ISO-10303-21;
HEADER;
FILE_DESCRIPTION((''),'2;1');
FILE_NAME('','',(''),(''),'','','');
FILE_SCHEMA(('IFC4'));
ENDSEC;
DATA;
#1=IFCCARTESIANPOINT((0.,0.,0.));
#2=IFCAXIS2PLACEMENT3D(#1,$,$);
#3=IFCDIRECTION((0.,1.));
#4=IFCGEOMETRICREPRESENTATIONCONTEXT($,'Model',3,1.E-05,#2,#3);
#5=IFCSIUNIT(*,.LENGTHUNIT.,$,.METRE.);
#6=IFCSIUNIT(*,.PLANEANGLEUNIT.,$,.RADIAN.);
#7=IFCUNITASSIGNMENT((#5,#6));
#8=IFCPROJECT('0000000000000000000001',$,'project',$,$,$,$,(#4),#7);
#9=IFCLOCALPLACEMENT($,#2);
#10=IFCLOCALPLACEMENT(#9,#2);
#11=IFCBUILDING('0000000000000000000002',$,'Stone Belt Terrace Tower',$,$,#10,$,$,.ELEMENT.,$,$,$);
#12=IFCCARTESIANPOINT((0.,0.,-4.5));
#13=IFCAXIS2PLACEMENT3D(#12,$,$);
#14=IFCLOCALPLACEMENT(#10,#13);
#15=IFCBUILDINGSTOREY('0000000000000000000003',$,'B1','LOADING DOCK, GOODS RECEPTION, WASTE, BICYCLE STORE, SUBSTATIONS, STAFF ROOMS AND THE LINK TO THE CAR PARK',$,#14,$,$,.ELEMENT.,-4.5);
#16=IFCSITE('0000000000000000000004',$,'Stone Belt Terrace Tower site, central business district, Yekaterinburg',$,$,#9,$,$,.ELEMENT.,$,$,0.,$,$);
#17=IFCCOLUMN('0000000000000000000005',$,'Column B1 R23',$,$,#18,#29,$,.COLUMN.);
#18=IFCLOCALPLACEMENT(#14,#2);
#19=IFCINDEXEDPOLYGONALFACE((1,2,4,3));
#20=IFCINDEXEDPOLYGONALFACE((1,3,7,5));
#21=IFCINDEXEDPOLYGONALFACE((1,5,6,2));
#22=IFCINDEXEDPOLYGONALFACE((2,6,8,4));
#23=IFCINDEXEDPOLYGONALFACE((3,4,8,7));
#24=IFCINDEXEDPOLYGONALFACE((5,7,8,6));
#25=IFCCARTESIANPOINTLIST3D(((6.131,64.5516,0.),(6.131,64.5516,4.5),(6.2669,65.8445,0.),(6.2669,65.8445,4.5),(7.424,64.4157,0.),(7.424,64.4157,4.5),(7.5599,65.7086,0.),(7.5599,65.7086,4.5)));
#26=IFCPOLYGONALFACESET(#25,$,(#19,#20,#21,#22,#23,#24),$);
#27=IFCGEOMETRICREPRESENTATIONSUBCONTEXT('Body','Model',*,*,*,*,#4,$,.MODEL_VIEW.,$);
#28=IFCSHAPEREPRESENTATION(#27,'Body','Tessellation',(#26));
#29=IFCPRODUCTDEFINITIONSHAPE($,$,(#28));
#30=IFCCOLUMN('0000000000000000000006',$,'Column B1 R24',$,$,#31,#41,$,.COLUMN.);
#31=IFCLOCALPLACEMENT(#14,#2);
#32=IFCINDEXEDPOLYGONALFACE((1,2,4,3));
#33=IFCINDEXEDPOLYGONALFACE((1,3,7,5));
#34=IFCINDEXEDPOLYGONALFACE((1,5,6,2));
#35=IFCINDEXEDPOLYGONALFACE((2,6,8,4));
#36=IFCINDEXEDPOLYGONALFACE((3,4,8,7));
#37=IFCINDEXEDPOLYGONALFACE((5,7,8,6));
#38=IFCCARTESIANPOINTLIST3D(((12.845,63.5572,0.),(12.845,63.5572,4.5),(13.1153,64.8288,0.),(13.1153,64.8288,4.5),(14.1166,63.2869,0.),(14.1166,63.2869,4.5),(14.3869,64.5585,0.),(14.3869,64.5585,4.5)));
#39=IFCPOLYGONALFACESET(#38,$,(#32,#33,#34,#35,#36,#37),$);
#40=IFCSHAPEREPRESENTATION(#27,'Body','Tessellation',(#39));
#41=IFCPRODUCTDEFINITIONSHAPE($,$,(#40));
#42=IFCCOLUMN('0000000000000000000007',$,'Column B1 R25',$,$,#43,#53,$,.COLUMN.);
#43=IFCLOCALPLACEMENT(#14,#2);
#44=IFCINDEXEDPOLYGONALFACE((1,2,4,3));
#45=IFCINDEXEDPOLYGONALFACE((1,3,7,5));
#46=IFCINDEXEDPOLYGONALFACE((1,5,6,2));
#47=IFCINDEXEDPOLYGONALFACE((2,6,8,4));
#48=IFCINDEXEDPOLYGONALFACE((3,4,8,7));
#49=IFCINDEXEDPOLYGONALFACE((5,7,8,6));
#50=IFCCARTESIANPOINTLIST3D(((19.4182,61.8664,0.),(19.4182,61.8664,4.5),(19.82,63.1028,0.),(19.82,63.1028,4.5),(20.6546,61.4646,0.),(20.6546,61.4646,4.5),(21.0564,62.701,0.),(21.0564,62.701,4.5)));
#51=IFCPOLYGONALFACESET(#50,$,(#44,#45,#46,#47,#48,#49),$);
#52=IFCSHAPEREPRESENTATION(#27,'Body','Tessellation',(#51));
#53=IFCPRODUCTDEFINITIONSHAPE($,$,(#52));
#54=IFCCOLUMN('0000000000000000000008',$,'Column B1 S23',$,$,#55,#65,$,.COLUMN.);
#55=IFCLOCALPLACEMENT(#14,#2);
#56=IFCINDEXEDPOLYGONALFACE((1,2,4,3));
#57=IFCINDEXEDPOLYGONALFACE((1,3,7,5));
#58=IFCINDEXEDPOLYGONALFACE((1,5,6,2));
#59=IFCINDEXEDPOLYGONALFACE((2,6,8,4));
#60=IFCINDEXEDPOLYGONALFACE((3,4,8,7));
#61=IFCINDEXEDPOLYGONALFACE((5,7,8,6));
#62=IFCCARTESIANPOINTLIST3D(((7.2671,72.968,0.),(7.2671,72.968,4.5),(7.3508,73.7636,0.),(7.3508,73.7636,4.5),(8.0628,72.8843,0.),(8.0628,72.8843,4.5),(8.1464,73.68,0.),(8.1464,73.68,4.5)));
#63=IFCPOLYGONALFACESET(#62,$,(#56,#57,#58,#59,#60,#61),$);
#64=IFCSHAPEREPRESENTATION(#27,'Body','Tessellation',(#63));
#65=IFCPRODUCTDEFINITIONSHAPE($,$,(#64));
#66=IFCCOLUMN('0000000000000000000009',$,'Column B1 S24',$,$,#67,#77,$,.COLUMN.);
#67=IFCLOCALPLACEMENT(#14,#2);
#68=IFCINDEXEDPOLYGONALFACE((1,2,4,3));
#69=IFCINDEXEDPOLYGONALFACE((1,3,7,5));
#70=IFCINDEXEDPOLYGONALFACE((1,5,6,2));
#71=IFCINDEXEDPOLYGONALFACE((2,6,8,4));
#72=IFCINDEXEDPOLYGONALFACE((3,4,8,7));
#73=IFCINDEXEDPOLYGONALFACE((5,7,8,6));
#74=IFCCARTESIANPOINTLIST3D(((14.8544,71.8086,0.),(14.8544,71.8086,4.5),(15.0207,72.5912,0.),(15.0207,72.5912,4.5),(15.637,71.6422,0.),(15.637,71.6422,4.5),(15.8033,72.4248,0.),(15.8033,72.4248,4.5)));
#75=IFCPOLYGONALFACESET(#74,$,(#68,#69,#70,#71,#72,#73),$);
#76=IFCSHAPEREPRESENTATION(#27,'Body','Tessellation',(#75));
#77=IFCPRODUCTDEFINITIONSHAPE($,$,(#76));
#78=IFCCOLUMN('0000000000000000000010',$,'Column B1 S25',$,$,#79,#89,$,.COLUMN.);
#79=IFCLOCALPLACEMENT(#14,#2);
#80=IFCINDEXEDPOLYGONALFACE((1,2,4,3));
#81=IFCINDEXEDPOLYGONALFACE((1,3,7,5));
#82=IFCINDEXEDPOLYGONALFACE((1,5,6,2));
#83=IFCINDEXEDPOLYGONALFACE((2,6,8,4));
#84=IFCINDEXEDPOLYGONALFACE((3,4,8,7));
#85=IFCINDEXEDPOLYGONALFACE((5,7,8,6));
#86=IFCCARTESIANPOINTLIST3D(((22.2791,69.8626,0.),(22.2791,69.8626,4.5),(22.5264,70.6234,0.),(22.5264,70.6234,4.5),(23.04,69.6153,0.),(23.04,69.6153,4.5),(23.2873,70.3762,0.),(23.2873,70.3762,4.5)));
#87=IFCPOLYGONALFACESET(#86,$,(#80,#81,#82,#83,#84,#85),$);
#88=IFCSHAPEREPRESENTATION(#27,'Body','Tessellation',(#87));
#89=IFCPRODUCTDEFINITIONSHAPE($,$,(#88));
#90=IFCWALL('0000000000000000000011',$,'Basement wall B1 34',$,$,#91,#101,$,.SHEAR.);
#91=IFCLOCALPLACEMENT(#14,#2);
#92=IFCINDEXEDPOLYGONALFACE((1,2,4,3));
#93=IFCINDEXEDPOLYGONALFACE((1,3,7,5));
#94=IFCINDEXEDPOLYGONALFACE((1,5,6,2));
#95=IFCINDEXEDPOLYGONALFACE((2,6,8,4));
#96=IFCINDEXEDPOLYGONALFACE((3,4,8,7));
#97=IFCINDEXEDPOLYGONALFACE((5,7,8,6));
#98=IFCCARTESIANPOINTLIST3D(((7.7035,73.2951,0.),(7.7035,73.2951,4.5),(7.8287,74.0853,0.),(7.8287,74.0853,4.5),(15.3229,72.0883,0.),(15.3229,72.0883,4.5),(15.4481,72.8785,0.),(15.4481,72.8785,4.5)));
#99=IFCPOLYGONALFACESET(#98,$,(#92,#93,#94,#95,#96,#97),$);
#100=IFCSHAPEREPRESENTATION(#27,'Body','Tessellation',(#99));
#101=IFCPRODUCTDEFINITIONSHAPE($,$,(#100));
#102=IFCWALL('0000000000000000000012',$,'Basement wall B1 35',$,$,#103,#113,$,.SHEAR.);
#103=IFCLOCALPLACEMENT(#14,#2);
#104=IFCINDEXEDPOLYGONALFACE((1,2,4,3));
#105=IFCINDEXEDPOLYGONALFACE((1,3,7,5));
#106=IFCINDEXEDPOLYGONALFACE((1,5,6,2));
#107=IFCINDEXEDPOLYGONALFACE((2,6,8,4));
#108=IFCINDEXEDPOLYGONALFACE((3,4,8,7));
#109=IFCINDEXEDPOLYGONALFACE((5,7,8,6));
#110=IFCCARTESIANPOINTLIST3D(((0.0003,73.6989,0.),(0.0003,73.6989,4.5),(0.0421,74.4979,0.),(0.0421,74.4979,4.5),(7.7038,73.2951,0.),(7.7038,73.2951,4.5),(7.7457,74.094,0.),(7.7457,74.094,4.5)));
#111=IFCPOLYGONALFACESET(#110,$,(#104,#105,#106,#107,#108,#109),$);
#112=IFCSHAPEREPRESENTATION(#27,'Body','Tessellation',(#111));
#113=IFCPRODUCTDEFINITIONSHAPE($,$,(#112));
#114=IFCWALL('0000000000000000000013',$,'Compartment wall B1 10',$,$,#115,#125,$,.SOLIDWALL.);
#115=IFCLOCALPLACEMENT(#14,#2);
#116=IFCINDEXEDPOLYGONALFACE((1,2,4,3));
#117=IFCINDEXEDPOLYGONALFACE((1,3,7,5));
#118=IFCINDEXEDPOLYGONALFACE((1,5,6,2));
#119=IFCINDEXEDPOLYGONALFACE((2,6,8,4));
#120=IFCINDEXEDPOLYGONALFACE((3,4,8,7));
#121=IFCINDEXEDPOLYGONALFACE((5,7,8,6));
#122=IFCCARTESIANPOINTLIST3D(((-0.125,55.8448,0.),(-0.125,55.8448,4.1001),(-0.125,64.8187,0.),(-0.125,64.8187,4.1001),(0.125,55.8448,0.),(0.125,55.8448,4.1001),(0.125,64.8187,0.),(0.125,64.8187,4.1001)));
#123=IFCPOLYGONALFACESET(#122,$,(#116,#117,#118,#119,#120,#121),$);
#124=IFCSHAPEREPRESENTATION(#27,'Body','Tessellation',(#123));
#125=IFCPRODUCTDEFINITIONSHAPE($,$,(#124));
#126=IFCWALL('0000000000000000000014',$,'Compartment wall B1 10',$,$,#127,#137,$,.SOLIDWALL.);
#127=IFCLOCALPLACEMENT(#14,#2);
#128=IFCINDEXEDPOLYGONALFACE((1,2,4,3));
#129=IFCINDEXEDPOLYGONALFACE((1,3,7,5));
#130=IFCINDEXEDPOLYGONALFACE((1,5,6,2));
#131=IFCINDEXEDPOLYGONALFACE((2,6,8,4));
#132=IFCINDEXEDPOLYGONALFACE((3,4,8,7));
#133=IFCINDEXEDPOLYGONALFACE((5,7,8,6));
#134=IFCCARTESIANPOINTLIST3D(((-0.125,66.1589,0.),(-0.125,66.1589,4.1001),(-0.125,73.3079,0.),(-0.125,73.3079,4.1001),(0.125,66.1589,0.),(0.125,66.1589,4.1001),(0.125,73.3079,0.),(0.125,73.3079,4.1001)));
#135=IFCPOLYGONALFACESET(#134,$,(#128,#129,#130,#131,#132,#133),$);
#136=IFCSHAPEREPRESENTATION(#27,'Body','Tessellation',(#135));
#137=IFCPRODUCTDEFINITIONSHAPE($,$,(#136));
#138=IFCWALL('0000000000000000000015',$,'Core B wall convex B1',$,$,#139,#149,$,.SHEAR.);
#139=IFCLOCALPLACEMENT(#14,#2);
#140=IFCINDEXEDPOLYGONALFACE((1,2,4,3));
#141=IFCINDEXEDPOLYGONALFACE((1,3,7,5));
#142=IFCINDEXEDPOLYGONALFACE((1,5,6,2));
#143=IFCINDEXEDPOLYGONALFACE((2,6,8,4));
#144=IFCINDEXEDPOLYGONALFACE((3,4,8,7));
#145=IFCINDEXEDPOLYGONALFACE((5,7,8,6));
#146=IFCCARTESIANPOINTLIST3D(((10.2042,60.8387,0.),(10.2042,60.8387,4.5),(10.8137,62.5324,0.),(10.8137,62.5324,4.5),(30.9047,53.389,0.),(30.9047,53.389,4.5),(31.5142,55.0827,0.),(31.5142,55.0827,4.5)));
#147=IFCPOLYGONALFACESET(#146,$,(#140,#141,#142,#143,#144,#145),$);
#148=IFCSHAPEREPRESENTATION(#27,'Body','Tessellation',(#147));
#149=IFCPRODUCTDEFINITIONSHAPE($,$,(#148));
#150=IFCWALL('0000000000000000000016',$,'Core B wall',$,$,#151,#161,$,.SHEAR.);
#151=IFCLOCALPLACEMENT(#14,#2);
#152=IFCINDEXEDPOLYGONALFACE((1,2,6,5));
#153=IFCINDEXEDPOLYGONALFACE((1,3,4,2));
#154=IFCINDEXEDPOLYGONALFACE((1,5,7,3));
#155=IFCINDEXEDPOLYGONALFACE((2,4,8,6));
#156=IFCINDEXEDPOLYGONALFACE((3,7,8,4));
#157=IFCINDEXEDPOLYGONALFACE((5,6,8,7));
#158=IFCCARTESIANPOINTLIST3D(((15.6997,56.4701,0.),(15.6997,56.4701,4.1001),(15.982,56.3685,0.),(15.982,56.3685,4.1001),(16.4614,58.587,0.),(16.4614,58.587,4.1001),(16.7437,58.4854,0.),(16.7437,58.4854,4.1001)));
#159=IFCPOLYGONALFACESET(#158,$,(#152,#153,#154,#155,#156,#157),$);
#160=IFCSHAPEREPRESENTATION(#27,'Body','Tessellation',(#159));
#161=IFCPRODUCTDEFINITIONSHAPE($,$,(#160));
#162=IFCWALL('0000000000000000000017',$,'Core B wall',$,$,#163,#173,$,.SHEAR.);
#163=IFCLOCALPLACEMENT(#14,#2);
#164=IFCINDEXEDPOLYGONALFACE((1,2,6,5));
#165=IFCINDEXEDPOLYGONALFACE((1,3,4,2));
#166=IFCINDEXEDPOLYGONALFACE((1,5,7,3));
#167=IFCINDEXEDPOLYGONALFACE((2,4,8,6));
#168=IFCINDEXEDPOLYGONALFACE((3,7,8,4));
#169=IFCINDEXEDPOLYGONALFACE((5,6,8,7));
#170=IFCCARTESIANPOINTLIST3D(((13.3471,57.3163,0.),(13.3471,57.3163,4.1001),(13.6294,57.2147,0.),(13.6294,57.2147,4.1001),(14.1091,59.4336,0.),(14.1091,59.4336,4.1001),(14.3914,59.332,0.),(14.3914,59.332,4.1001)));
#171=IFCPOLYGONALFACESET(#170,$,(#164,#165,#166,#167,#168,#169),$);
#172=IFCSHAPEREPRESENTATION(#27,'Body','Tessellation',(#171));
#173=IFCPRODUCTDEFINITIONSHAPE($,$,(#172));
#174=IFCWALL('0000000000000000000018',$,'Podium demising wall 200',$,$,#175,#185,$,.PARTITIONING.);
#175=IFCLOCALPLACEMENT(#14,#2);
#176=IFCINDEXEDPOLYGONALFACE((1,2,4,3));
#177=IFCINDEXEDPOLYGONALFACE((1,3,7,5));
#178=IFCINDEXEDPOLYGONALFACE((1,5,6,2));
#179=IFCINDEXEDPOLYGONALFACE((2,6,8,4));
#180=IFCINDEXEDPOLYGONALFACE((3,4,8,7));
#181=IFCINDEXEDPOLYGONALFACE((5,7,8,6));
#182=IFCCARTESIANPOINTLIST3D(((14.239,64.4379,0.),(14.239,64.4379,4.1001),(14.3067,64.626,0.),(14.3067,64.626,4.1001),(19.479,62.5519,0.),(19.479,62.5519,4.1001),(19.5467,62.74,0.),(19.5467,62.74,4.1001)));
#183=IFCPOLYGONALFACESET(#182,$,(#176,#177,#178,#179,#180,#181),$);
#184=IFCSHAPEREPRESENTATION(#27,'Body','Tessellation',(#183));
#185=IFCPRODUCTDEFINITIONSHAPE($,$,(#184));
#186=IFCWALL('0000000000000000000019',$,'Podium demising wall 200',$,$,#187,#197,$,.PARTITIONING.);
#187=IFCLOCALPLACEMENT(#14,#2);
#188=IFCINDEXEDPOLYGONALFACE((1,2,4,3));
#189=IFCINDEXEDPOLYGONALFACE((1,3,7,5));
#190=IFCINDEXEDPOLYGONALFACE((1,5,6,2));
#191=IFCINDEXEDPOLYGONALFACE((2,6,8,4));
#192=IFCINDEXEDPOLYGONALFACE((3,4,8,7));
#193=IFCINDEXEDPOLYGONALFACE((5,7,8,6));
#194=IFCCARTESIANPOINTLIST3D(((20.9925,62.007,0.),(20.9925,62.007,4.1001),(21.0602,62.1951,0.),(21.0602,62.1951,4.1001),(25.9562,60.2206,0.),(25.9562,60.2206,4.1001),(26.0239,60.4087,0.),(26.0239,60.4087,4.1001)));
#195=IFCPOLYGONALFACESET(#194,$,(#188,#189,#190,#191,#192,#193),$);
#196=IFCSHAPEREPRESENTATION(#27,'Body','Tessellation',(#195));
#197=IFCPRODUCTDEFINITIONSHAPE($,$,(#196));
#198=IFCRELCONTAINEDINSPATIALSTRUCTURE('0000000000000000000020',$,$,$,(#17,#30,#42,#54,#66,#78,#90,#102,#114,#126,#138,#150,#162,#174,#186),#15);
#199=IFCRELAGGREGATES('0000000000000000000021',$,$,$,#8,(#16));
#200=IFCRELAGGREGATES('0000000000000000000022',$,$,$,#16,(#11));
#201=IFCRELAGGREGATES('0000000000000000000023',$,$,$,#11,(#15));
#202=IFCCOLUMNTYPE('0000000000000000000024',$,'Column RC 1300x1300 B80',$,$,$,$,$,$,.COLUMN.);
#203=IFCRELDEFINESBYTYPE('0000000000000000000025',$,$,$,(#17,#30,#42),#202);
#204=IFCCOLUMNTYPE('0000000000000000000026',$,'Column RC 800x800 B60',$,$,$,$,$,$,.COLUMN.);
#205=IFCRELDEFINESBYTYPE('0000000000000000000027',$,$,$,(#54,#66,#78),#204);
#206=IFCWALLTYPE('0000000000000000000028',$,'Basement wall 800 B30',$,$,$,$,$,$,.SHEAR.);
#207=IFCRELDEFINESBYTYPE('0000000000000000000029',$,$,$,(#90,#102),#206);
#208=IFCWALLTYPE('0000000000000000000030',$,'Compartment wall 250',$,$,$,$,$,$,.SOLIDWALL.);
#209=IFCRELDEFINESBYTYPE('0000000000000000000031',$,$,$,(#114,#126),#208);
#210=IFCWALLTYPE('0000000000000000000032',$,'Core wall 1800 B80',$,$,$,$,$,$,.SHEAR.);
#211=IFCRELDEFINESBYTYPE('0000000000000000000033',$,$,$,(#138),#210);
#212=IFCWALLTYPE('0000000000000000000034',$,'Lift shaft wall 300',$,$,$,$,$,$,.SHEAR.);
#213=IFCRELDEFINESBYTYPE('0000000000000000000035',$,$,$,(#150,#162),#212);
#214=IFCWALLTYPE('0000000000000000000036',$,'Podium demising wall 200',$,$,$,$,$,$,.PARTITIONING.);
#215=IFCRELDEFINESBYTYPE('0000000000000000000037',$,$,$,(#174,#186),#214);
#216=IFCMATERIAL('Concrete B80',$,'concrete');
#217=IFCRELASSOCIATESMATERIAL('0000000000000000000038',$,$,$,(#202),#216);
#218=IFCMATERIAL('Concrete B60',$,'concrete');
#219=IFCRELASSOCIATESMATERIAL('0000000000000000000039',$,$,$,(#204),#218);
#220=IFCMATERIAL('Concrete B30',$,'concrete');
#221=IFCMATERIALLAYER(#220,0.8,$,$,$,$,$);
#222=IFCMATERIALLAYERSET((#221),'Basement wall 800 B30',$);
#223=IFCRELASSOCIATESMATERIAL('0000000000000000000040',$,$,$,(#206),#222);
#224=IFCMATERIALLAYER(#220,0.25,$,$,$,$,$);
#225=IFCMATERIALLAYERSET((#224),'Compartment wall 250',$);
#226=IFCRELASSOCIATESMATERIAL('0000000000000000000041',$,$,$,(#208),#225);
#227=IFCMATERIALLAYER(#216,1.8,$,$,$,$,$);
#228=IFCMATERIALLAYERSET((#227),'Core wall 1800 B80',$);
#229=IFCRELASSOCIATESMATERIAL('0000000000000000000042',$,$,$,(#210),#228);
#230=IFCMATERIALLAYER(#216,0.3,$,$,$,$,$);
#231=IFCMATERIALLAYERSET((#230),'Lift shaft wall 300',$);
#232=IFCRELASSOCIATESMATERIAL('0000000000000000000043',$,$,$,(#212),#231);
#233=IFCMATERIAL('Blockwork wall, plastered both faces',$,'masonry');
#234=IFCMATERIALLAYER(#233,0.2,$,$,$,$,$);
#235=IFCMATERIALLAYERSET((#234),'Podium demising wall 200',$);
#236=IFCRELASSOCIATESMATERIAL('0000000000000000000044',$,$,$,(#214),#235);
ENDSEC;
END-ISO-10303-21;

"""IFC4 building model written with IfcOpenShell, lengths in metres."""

from ifc_helpers import new_model, si_unit, direction, frame, frame_2d, origin, origin_2d, place, context, subcontext, project, spatial, rectangle, extrude, material, layer, layer_set, material_profile, profile_set, type_object, element, save


model = new_model("IFC4")

# Units and contexts
model_context = context("Model", 3, precision=1e-05, world=origin(), true_north=direction((0.0, 1.0)))
body_context = subcontext(model_context, "Body", "Model", "MODEL_VIEW")
ifc_project = project(units=[si_unit("LENGTHUNIT", "METRE"), si_unit("PLANEANGLEUNIT", "RADIAN")], contexts=[model_context])

# Site, building, storey
site_placement = place(None, origin())
site = spatial("IfcSite", under=ifc_project, at=site_placement, Name="Stone Belt Terrace Tower site, central business district, Yekaterinburg", CompositionType="ELEMENT", RefElevation=0.0)
building_placement = place(site_placement, origin())
building = spatial("IfcBuilding", under=site, at=building_placement, Name="Stone Belt Terrace Tower", CompositionType="ELEMENT")
storey_placement = place(building_placement, frame((0.0, 0.0, -4.5)))
storey = spatial("IfcBuildingStorey", under=building, at=storey_placement, Name="B1", Description="LOADING DOCK, GOODS RECEPTION, WASTE, BICYCLE STORE, SUBSTATIONS, STAFF ROOMS AND THE LINK TO THE CAR PARK", CompositionType="ELEMENT", Elevation=-4.5)

# Columns
ifc_material_1 = material(Name="Concrete B80", Category="concrete")
ifc_material_profile_1 = material_profile(ifc_material_1, rectangle(XDim=1.3, YDim=1.3, at=origin_2d()), Name="RC 1300x1300")
ifc_profile_set_1 = profile_set([ifc_material_profile_1], Name="Concrete B80")
column_type_1 = type_object("IfcColumnType", Name="Column RC 1300x1300 B80", PredefinedType="COLUMN", material=ifc_profile_set_1)
for number, where, z_axis, x_axis, name in (
    (1, (6.8455, 65.1301, 0.0), (0.0, 0.0, 1.0), (0.994522, -0.104528, 0.0), "Column B1 R23"),
    (2, (13.616, 64.0579, 0.0), (0.0, 0.0, 1.0), (0.978148, -0.207912, 0.0), "Column B1 R24"),
    (3, (20.2373, 62.2837, 0.0), (0.0, 0.0, 1.0), (0.951057, -0.309017, 0.0), "Column B1 R25"),
):
    element("IfcColumn", number, at=place(storey_placement, frame(where, z_axis=z_axis, x_axis=x_axis)), inside=storey, type_object=column_type_1, Name=name, PredefinedType="COLUMN", context=body_context, shape_type="SweptSolid", body=[
        extrude(rectangle(XDim=1.3, YDim=1.3, at=origin_2d()), origin(), (0.0, 0.0, 1.0), 4.5),
    ])
ifc_material_2 = material(Name="Concrete B60", Category="concrete")
ifc_material_profile_2 = material_profile(ifc_material_2, rectangle(XDim=0.8, YDim=0.8, at=origin_2d()), Name="RC 800x800")
ifc_profile_set_2 = profile_set([ifc_material_profile_2], Name="Concrete B60")
column_type_2 = type_object("IfcColumnType", Name="Column RC 800x800 B60", PredefinedType="COLUMN", material=ifc_profile_set_2)
for number, where, z_axis, x_axis, name in (
    (4, (7.7068, 73.324, 0.0), (0.0, 0.0, 1.0), (0.994522, -0.104528, 0.0), "Column B1 S23"),
    (5, (15.3289, 72.1167, 0.0), (0.0, 0.0, 1.0), (0.978148, -0.207912, 0.0), "Column B1 S24"),
    (6, (22.7832, 70.1194, 0.0), (0.0, 0.0, 1.0), (0.951057, -0.309017, 0.0), "Column B1 S25"),
):
    element("IfcColumn", number, at=place(storey_placement, frame(where, z_axis=z_axis, x_axis=x_axis)), inside=storey, type_object=column_type_2, Name=name, PredefinedType="COLUMN", context=body_context, shape_type="SweptSolid", body=[
        extrude(rectangle(XDim=0.8, YDim=0.8, at=origin_2d()), origin(), (0.0, 0.0, 1.0), 4.5),
    ])

# Walls
ifc_material_3 = material(Name="Concrete B30", Category="concrete")
ifc_layer_1 = layer(ifc_material_3, 0.8)
ifc_layer_set_1 = layer_set([ifc_layer_1], Name="Basement wall 800 B30")
wall_type_1 = type_object("IfcWallType", Name="Basement wall 800 B30", PredefinedType="SHEAR", material=ifc_layer_set_1)
wall_1_placement = place(storey_placement, frame((15.3855, 72.4834, 0.0), z_axis=(0.0, 0.0, 1.0), x_axis=(-0.987688, 0.156434, 0.0)))
element("IfcWall", 7, at=wall_1_placement, inside=storey, type_object=wall_type_1, Name="Basement wall B1 34", PredefinedType="SHEAR", context=body_context, shape_type="SweptSolid", body=[
    extrude(rectangle(XDim=7.7144, YDim=0.8, at=frame_2d((3.8572, 0.0))), origin(), (0.0, 0.0, 1.0), 4.5),
])
wall_2_placement = place(storey_placement, frame((7.7246, 73.6946, 0.0), z_axis=(0.0, 0.0, 1.0), x_axis=(-0.998629, 0.052346, 0.0)))
element("IfcWall", 8, at=wall_2_placement, inside=storey, type_object=wall_type_1, Name="Basement wall B1 35", PredefinedType="SHEAR", context=body_context, shape_type="SweptSolid", body=[
    extrude(rectangle(XDim=7.7141, YDim=0.8, at=frame_2d((3.8569, 0.0))), origin(), (0.0, 0.0, 1.0), 4.5),
])
ifc_layer_2 = layer(ifc_material_3, 0.25)
ifc_layer_set_2 = layer_set([ifc_layer_2], Name="Compartment wall 250")
wall_type_2 = type_object("IfcWallType", Name="Compartment wall 250", PredefinedType="SOLIDWALL", material=ifc_layer_set_2)
wall_3_placement = place(storey_placement, frame((0.0, 55.845, 0.0), z_axis=(0.0, 0.0, 1.0), x_axis=(0.0, 1.0, 0.0)))
element("IfcWall", 9, at=wall_3_placement, inside=storey, type_object=wall_type_2, Name="Compartment wall B1 10", PredefinedType="SOLIDWALL", context=body_context, shape_type="SweptSolid", body=[
    extrude(rectangle(XDim=8.9739, YDim=0.25, at=frame_2d((4.4868, 0.0))), origin(), (0.0, 0.0, 1.0), 4.1001),
])
wall_4_placement = place(storey_placement, frame((0.0, 66.1589, 0.0), z_axis=(0.0, 0.0, 1.0), x_axis=(0.0, 1.0, 0.0)))
element("IfcWall", 10, at=wall_4_placement, inside=storey, type_object=wall_type_2, Name="Compartment wall B1 10", PredefinedType="SOLIDWALL", context=body_context, shape_type="SweptSolid", body=[
    extrude(rectangle(XDim=7.1489, YDim=0.25, at=frame_2d((3.5745, 0.0))), origin(), (0.0, 0.0, 1.0), 4.1001),
])
ifc_layer_3 = layer(ifc_material_1, 1.8)
ifc_layer_set_3 = layer_set([ifc_layer_3], Name="Core wall 1800 B80")
wall_type_3 = type_object("IfcWallType", Name="Core wall 1800 B80", PredefinedType="SHEAR", material=ifc_layer_set_3)
wall_5_placement = place(storey_placement, frame((10.509, 61.6855, 0.0), z_axis=(0.0, 0.0, 1.0), x_axis=(0.940923, -0.338621, 0.0)))
element("IfcWall", 11, at=wall_5_placement, inside=storey, type_object=wall_type_3, Name="Core B wall convex B1", PredefinedType="SHEAR", context=body_context, shape_type="SweptSolid", body=[
    extrude(rectangle(XDim=22.0002, YDim=1.8, at=frame_2d((11.0, 0.0))), origin(), (0.0, 0.0, 1.0), 4.5),
])
ifc_layer_4 = layer(ifc_material_1, 0.3)
ifc_layer_set_4 = layer_set([ifc_layer_4], Name="Lift shaft wall 300")
wall_type_4 = type_object("IfcWallType", Name="Lift shaft wall 300", PredefinedType="SHEAR", material=ifc_layer_set_4)
wall_6_placement = place(storey_placement, frame((15.8408, 56.4192, 0.0), z_axis=(0.0, 0.0, 1.0), x_axis=(0.33857, 0.940941, 0.0)))
element("IfcWall", 12, at=wall_6_placement, inside=storey, type_object=wall_type_4, Name="Core B wall", PredefinedType="SHEAR", context=body_context, shape_type="SweptSolid", body=[
    extrude(rectangle(XDim=2.2498, YDim=0.3, at=frame_2d((1.125, 0.0))), origin(), (0.0, 0.0, 1.0), 4.1001),
])
wall_7_placement = place(storey_placement, frame((13.4883, 57.2656, 0.0), z_axis=(0.0, 0.0, 1.0), x_axis=(0.338631, 0.940919, 0.0)))
element("IfcWall", 13, at=wall_7_placement, inside=storey, type_object=wall_type_4, Name="Core B wall", PredefinedType="SHEAR", context=body_context, shape_type="SweptSolid", body=[
    extrude(rectangle(XDim=2.2502, YDim=0.3, at=frame_2d((1.125, 0.0))), origin(), (0.0, 0.0, 1.0), 4.1001),
])
ifc_material_4 = material(Name="Blockwork wall, plastered both faces", Category="masonry")
ifc_layer_5 = layer(ifc_material_4, 0.2)
ifc_layer_set_5 = layer_set([ifc_layer_5], Name="Podium demising wall 200")
wall_type_5 = type_object("IfcWallType", Name="Podium demising wall 200", PredefinedType="PARTITIONING", material=ifc_layer_set_5)
wall_8_placement = place(storey_placement, frame((14.2727, 64.532, 0.0), z_axis=(0.0, 0.0, 1.0), x_axis=(0.940911, -0.338654, 0.0)))
element("IfcWall", 14, at=wall_8_placement, inside=storey, type_object=wall_type_5, Name="Podium demising wall 200", PredefinedType="PARTITIONING", context=body_context, shape_type="SweptSolid", body=[
    extrude(rectangle(XDim=5.5691, YDim=0.2, at=frame_2d((2.7847, 0.0))), origin(), (0.0, 0.0, 1.0), 4.1001),
])
wall_9_placement = place(storey_placement, frame((21.0264, 62.1011, 0.0), z_axis=(0.0, 0.0, 1.0), x_axis=(0.940919, -0.338631, 0.0)))
element("IfcWall", 15, at=wall_9_placement, inside=storey, type_object=wall_type_5, Name="Podium demising wall 200", PredefinedType="PARTITIONING", context=body_context, shape_type="SweptSolid", body=[
    extrude(rectangle(XDim=5.2754, YDim=0.2, at=frame_2d((2.6377, 0.0))), origin(), (0.0, 0.0, 1.0), 4.1001),
])

save(model, "model.ifc")
